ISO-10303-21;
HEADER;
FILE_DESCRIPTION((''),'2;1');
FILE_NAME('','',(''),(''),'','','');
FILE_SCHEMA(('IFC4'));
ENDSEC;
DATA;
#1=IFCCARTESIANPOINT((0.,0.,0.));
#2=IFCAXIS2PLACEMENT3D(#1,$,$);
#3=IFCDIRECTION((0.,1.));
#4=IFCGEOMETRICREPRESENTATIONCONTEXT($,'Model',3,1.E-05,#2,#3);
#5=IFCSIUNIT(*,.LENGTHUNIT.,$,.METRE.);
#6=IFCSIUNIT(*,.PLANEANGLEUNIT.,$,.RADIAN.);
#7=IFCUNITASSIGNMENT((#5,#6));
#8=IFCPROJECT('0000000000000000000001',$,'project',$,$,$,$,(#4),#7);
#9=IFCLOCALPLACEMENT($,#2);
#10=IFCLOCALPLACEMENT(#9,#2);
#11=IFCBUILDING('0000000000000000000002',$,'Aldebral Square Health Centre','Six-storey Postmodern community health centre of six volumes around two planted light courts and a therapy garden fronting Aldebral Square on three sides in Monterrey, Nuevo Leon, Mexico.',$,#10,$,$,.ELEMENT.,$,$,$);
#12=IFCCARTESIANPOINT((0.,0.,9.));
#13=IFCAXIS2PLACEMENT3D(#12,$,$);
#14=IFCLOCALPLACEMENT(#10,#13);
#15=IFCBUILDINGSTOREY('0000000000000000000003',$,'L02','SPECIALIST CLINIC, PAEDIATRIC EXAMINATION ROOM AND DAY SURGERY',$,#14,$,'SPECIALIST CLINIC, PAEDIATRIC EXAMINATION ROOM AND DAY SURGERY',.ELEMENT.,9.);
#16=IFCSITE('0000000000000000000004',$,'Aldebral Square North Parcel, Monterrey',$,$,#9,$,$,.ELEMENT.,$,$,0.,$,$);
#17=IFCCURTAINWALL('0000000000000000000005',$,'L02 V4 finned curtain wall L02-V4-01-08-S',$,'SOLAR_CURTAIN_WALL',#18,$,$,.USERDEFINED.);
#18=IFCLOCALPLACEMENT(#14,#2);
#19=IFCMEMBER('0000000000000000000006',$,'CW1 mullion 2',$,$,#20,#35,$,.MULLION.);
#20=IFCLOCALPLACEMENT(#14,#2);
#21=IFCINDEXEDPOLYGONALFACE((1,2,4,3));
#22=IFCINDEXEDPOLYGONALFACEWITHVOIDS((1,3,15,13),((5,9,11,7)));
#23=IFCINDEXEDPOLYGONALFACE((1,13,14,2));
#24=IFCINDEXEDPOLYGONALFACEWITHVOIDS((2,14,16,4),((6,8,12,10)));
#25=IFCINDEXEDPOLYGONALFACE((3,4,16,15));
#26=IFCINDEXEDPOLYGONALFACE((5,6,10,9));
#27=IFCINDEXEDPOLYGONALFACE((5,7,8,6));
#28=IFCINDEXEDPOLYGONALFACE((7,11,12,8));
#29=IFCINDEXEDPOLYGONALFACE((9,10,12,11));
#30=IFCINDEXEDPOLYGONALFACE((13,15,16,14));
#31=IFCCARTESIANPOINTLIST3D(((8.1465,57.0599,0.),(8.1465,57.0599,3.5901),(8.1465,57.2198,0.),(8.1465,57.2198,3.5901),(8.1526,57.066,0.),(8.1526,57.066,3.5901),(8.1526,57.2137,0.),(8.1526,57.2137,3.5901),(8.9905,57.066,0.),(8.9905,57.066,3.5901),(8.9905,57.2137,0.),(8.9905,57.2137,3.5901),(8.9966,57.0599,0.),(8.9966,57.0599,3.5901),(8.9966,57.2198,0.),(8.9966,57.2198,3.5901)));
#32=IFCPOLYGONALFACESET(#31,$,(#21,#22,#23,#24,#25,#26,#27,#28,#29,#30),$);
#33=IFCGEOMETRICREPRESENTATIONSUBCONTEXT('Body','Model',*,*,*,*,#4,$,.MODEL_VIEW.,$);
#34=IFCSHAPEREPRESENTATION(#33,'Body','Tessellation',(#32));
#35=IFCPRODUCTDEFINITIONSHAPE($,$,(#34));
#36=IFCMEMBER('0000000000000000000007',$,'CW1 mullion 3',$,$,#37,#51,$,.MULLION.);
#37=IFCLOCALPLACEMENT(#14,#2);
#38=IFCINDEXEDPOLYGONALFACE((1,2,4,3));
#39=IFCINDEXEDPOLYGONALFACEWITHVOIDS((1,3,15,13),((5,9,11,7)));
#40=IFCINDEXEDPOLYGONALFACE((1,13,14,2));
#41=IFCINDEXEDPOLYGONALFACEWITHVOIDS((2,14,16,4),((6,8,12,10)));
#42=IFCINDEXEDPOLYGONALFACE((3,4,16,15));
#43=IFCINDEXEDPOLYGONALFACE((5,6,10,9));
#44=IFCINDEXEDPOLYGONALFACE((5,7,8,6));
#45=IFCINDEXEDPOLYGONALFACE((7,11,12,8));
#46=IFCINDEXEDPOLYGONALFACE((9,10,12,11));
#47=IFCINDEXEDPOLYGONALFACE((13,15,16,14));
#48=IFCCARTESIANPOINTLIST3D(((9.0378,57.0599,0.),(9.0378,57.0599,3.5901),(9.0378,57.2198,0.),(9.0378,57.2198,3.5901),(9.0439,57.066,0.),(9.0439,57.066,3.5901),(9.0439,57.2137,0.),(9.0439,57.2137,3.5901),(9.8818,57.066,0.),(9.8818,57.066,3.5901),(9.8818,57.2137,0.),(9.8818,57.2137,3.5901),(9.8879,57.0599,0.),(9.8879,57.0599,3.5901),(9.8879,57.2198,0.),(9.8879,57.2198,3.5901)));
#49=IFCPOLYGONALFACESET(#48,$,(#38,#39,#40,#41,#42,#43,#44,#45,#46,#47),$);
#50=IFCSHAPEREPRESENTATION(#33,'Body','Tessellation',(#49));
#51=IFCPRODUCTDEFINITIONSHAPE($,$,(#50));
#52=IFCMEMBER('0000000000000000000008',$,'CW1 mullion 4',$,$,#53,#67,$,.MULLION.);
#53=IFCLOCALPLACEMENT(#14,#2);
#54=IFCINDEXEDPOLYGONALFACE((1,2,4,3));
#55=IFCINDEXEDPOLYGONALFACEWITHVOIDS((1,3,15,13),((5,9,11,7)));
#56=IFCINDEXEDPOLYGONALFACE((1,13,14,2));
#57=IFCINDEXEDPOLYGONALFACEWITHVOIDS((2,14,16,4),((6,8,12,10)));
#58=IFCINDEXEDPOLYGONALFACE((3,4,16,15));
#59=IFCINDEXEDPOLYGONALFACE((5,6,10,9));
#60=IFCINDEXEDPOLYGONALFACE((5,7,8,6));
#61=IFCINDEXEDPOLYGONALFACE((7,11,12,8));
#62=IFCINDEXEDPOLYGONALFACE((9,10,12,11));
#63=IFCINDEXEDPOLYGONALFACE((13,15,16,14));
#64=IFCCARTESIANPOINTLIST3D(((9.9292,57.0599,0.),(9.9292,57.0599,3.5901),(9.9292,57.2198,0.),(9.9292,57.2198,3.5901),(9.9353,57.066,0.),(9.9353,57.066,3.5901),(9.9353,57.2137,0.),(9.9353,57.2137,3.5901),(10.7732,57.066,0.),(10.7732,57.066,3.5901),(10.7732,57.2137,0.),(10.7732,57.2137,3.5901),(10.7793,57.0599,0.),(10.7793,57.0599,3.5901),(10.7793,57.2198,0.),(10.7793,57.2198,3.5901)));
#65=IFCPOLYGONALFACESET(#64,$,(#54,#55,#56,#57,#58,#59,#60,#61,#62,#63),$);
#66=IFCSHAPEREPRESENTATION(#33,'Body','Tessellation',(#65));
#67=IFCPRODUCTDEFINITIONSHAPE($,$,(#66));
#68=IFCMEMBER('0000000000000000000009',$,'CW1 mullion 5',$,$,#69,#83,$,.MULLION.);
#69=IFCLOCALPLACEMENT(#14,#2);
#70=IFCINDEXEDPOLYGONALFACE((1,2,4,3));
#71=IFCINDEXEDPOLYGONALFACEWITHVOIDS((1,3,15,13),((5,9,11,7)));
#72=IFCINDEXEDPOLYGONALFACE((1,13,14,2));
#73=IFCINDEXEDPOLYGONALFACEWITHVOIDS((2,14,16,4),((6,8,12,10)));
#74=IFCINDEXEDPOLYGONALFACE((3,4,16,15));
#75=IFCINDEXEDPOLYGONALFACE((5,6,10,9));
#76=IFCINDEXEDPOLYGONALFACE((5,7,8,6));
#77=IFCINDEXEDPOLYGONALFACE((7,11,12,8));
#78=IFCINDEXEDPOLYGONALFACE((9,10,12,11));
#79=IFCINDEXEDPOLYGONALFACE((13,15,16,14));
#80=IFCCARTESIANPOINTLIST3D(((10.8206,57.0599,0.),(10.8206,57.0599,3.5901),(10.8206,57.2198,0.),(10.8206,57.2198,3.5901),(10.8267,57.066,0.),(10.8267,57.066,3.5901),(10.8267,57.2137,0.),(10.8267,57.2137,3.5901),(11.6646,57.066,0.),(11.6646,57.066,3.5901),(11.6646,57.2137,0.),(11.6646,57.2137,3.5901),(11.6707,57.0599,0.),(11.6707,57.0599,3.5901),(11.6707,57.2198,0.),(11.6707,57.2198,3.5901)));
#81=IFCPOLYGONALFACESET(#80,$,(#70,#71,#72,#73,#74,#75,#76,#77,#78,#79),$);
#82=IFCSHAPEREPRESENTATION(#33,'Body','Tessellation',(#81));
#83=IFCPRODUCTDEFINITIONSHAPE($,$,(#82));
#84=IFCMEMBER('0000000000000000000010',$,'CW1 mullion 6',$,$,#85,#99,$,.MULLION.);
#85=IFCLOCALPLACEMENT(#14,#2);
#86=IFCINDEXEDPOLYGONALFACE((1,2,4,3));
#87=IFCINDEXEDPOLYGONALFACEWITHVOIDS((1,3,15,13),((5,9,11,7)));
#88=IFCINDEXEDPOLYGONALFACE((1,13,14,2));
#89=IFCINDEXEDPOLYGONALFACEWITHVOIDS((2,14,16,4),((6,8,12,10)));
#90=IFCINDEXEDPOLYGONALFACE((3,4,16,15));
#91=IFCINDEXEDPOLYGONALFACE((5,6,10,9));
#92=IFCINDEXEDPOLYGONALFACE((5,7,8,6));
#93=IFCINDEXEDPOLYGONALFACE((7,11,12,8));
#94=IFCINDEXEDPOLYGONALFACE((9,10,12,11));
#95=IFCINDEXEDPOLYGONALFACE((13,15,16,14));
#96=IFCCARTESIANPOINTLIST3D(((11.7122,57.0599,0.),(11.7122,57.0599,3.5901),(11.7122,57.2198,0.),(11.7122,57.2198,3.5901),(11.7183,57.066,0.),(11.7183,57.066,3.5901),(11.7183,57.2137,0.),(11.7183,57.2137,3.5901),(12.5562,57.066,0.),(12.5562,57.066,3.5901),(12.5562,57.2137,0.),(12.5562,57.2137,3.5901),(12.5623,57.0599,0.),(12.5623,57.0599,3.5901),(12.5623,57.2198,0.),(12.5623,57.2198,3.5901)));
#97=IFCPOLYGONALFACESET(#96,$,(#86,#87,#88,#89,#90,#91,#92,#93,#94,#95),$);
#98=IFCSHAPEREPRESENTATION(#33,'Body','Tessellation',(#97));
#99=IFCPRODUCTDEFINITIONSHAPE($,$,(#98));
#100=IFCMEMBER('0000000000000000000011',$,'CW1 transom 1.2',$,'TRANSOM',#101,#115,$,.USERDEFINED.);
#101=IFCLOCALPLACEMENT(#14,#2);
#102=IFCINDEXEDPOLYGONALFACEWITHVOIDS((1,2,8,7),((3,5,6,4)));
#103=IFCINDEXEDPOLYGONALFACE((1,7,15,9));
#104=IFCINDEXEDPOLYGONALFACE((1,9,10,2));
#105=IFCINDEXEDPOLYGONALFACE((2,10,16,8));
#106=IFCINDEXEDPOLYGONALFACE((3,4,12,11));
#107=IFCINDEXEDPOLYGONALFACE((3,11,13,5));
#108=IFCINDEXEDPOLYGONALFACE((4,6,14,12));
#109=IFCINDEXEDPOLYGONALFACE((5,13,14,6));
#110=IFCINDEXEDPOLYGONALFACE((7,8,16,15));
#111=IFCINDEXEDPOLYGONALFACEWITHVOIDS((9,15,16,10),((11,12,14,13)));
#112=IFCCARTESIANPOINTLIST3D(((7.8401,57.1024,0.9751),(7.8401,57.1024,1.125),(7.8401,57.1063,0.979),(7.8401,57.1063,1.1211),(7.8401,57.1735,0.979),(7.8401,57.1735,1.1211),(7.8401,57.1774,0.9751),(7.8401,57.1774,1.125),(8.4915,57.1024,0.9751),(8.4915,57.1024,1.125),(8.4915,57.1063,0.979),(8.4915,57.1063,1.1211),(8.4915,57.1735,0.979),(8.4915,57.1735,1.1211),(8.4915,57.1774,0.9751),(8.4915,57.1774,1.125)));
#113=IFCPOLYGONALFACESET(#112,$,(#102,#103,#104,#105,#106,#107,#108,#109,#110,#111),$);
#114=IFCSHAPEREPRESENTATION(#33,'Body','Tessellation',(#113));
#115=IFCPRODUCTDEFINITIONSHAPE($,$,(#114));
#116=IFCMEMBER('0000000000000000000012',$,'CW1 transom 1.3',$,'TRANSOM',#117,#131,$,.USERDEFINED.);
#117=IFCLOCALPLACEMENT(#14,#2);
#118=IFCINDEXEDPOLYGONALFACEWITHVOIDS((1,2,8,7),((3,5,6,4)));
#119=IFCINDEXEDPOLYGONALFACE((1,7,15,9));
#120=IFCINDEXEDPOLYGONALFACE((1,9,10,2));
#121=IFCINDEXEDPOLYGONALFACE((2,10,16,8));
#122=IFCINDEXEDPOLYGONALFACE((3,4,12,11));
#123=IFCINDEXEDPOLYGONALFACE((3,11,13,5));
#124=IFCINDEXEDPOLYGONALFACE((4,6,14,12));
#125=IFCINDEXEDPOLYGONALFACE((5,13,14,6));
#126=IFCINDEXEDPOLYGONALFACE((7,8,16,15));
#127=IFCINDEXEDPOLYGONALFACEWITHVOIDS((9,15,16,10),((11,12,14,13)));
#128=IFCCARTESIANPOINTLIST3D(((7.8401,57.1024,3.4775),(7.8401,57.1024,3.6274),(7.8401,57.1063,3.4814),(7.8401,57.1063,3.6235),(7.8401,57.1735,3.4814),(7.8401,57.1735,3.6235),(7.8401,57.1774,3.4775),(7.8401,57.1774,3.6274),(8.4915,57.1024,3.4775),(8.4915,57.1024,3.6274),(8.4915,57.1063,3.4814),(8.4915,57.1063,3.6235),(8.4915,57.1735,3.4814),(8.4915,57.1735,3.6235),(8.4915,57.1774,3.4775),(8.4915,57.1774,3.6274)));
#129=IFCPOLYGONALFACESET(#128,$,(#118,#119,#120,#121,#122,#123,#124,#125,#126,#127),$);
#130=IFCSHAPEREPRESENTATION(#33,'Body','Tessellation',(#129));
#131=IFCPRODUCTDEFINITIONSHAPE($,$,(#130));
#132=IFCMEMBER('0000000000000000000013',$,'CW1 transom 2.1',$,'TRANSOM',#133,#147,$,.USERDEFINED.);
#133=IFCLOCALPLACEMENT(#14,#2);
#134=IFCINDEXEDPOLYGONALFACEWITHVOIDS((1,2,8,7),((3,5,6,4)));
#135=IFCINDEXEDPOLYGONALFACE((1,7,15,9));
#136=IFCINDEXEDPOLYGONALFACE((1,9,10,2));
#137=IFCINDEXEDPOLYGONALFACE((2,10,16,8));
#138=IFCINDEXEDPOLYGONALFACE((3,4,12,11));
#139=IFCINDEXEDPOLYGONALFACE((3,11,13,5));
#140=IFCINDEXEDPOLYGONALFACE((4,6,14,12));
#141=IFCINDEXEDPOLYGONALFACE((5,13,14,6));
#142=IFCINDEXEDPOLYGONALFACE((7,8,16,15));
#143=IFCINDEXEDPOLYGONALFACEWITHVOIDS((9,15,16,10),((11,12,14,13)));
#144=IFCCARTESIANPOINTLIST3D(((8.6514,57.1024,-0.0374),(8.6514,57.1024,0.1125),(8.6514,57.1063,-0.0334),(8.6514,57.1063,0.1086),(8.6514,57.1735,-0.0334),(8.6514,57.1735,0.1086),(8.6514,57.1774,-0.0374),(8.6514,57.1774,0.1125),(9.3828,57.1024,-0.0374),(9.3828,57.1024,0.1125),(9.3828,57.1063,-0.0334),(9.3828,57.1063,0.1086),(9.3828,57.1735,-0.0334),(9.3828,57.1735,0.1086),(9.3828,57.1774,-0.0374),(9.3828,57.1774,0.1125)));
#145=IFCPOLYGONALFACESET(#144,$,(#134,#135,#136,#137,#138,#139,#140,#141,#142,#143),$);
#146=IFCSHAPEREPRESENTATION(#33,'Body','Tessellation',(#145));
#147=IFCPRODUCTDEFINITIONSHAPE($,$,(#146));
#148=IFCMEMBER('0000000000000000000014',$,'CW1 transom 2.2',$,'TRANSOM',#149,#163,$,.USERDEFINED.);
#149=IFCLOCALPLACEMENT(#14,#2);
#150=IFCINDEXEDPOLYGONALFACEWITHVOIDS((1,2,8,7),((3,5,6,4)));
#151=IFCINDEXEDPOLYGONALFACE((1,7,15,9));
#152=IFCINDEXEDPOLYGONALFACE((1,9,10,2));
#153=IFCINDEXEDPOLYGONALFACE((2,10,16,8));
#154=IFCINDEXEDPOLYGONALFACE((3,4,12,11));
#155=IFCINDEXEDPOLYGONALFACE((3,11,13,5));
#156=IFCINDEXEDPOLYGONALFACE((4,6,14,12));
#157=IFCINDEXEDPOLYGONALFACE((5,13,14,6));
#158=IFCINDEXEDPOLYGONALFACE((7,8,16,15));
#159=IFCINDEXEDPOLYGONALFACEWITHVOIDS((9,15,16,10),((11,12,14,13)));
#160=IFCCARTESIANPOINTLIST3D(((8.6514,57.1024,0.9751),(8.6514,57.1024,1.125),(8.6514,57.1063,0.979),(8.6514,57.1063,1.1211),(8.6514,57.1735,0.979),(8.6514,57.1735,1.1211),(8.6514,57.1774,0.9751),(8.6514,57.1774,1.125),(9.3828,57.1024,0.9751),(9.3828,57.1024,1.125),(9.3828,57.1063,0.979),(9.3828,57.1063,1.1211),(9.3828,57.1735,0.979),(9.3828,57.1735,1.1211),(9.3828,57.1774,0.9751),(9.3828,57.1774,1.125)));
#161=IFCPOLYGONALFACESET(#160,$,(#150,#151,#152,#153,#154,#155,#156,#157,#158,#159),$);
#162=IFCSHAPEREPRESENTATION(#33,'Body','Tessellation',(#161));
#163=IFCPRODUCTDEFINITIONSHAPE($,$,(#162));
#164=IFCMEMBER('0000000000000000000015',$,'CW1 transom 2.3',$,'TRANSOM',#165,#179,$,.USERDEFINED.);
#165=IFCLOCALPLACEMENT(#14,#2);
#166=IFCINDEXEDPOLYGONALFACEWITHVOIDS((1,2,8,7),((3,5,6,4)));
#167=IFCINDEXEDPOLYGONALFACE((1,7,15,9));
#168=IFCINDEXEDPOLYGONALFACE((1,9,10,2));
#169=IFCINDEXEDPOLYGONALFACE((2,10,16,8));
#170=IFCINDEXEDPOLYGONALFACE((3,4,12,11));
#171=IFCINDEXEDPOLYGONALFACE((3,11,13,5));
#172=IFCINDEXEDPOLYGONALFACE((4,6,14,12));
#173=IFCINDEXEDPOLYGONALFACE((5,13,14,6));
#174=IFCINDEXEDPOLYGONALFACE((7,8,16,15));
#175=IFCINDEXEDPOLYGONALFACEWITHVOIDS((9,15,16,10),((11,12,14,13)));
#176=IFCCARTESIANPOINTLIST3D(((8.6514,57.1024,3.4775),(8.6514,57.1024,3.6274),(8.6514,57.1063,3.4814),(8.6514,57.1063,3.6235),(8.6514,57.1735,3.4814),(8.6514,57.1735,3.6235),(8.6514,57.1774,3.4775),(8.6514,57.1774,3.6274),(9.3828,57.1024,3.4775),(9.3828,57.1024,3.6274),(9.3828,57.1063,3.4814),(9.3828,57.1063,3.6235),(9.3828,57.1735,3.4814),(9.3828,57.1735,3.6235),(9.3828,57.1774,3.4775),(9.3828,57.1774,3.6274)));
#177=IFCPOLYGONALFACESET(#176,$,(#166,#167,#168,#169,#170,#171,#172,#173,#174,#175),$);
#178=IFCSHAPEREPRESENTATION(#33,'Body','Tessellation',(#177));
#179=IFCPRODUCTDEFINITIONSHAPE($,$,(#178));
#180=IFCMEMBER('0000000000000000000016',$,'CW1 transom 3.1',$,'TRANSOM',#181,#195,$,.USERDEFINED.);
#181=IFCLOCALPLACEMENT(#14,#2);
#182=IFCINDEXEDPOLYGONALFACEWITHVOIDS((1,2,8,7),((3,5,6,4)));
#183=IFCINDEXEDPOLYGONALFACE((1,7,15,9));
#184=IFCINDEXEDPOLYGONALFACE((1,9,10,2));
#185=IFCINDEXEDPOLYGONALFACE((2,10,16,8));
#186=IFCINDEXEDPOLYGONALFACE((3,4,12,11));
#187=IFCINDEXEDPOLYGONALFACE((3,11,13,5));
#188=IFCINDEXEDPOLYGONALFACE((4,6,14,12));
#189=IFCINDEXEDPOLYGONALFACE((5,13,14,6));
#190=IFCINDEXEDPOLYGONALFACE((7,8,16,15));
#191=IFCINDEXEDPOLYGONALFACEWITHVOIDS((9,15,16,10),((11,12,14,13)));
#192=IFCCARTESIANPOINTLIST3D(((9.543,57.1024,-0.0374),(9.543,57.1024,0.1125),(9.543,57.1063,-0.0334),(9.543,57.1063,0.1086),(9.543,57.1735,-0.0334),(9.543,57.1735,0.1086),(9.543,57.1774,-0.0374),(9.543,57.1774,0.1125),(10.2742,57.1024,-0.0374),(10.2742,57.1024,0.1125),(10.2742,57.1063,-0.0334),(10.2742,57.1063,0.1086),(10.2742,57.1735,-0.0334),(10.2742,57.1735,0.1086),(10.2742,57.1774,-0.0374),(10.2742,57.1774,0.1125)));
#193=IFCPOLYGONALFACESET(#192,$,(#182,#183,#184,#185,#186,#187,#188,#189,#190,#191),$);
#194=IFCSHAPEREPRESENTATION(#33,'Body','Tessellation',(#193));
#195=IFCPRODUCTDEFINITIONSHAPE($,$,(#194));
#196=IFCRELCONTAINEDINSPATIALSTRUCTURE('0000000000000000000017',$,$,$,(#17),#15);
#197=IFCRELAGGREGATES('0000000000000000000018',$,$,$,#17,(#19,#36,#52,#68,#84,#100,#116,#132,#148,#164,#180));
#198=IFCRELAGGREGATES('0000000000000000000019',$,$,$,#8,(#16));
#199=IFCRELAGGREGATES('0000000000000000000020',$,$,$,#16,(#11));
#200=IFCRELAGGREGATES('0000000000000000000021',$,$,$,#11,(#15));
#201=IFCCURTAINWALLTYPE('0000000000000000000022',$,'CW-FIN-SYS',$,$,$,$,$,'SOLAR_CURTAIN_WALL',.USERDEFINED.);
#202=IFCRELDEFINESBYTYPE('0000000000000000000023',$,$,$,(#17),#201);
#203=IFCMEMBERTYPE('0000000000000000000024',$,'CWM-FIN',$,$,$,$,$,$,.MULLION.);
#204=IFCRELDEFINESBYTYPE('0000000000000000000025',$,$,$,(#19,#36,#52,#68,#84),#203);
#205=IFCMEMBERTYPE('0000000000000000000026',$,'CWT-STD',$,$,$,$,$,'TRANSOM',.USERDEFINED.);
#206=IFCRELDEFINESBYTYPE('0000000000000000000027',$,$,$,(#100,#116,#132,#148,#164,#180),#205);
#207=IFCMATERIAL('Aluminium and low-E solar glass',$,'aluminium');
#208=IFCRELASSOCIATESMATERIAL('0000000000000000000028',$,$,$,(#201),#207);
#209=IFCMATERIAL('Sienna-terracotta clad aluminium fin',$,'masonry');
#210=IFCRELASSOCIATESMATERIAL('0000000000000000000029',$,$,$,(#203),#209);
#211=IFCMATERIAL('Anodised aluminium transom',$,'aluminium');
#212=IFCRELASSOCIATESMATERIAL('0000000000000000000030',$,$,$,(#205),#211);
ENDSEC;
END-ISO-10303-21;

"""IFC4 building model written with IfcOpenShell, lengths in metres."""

from ifc_helpers import new_model, si_unit, direction, frame, origin, origin_2d, place, context, subcontext, project, spatial, hollow_rectangle, extrude, material, material_profile, profile_set, type_object, element, aggregate, save


model = new_model("IFC4")

# Units and contexts
model_context = context("Model", 3, precision=1e-05, world=origin(), true_north=direction((0.0, 1.0)))
body_context = subcontext(model_context, "Body", "Model", "MODEL_VIEW")
ifc_project = project(units=[si_unit("LENGTHUNIT", "METRE"), si_unit("PLANEANGLEUNIT", "RADIAN")], contexts=[model_context])

# Site, building, storey
site_placement = place(None, origin())
site = spatial("IfcSite", under=ifc_project, at=site_placement, Name="Aldebral Square North Parcel, Monterrey", CompositionType="ELEMENT", RefElevation=0.0)
building_placement = place(site_placement, origin())
building = spatial("IfcBuilding", under=site, at=building_placement, Name="Aldebral Square Health Centre", Description="Six-storey Postmodern community health centre of six volumes around two planted light courts and a therapy garden fronting Aldebral Square on three sides in Monterrey, Nuevo Leon, Mexico.", CompositionType="ELEMENT")
storey_placement = place(building_placement, frame((0.0, 0.0, 9.0)))
storey = spatial("IfcBuildingStorey", under=building, at=storey_placement, Name="L02", Description="SPECIALIST CLINIC, PAEDIATRIC EXAMINATION ROOM AND DAY SURGERY", LongName="SPECIALIST CLINIC, PAEDIATRIC EXAMINATION ROOM AND DAY SURGERY", CompositionType="ELEMENT", Elevation=9.0)

# Curtain wall, members
ifc_material_1 = material(Name="Aluminium and low-E solar glass", Category="aluminium")
curtain_wall_type = type_object("IfcCurtainWallType", Name="CW-FIN-SYS", ElementType="SOLAR_CURTAIN_WALL", PredefinedType="USERDEFINED", material=ifc_material_1)
curtain_wall_placement = place(storey_placement, origin())
curtain_wall = element("IfcCurtainWall", 1, at=curtain_wall_placement, inside=storey, type_object=curtain_wall_type, Name="L02 V4 finned curtain wall L02-V4-01-08-S", ObjectType="SOLAR_CURTAIN_WALL", PredefinedType="USERDEFINED")
ifc_material_2 = material(Name="Sienna-terracotta clad aluminium fin", Category="masonry")
ifc_material_profile_1 = material_profile(ifc_material_2, hollow_rectangle(XDim=0.1599, YDim=0.8501, WallThickness=0.0061, at=origin_2d()), Name="FIN 160x850x6")
ifc_profile_set_1 = profile_set([ifc_material_profile_1], Name="Sienna-terracotta clad aluminium fin")
member_type_1 = type_object("IfcMemberType", Name="CWM-FIN", PredefinedType="MULLION", material=ifc_profile_set_1)
member_1_placement = place(storey_placement, frame((8.5715, 57.1399, 0.0), z_axis=(0.0, 0.0, 1.0), x_axis=(0.0, 1.0, 0.0)))
member_1 = element("IfcMember", 2, at=member_1_placement, type_object=member_type_1, Name="CW1 mullion 2", PredefinedType="MULLION", context=body_context, shape_type="SweptSolid", body=[
    extrude(hollow_rectangle(XDim=0.1599, YDim=0.8501, WallThickness=0.0061, at=origin_2d()), origin(), (0.0, 0.0, 1.0), 3.5901),
])
member_2_placement = place(storey_placement, frame((9.4629, 57.1399, 0.0), z_axis=(0.0, 0.0, 1.0), x_axis=(0.0, 1.0, 0.0)))
member_2 = element("IfcMember", 3, at=member_2_placement, type_object=member_type_1, Name="CW1 mullion 3", PredefinedType="MULLION", context=body_context, shape_type="SweptSolid", body=[
    extrude(hollow_rectangle(XDim=0.1599, YDim=0.8501, WallThickness=0.0061, at=origin_2d()), origin(), (0.0, 0.0, 1.0), 3.5901),
])
member_3_placement = place(storey_placement, frame((10.3542, 57.1399, 0.0), z_axis=(0.0, 0.0, 1.0), x_axis=(0.0, 1.0, 0.0)))
member_3 = element("IfcMember", 4, at=member_3_placement, type_object=member_type_1, Name="CW1 mullion 4", PredefinedType="MULLION", context=body_context, shape_type="SweptSolid", body=[
    extrude(hollow_rectangle(XDim=0.1599, YDim=0.8501, WallThickness=0.0061, at=origin_2d()), origin(), (0.0, 0.0, 1.0), 3.5901),
])
member_4_placement = place(storey_placement, frame((11.2456, 57.1399, 0.0), z_axis=(0.0, 0.0, 1.0), x_axis=(0.0, 1.0, 0.0)))
member_4 = element("IfcMember", 5, at=member_4_placement, type_object=member_type_1, Name="CW1 mullion 5", PredefinedType="MULLION", context=body_context, shape_type="SweptSolid", body=[
    extrude(hollow_rectangle(XDim=0.1599, YDim=0.8501, WallThickness=0.0061, at=origin_2d()), origin(), (0.0, 0.0, 1.0), 3.5901),
])
member_5_placement = place(storey_placement, frame((12.1372, 57.1399, 0.0), z_axis=(0.0, 0.0, 1.0), x_axis=(0.0, 1.0, 0.0)))
member_5 = element("IfcMember", 6, at=member_5_placement, type_object=member_type_1, Name="CW1 mullion 6", PredefinedType="MULLION", context=body_context, shape_type="SweptSolid", body=[
    extrude(hollow_rectangle(XDim=0.1599, YDim=0.8501, WallThickness=0.0061, at=origin_2d()), origin(), (0.0, 0.0, 1.0), 3.5901),
])
ifc_material_3 = material(Name="Anodised aluminium transom", Category="aluminium")
ifc_material_profile_2 = material_profile(ifc_material_3, hollow_rectangle(XDim=0.075, YDim=0.1499, WallThickness=0.0039, at=origin_2d()), Name="CWT 75x150x4")
ifc_profile_set_2 = profile_set([ifc_material_profile_2], Name="Anodised aluminium transom")
member_type_2 = type_object("IfcMemberType", Name="CWT-STD", ElementType="TRANSOM", PredefinedType="USERDEFINED", material=ifc_profile_set_2)
member_6_placement = place(storey_placement, frame((7.8401, 57.1399, 1.05), z_axis=(1.0, 0.0, 0.0), x_axis=(0.0, 1.0, 0.0)))
member_6 = element("IfcMember", 7, at=member_6_placement, type_object=member_type_2, Name="CW1 transom 1.2", ObjectType="TRANSOM", PredefinedType="USERDEFINED", context=body_context, shape_type="SweptSolid", body=[
    extrude(hollow_rectangle(XDim=0.075, YDim=0.1499, WallThickness=0.0039, at=origin_2d()), origin(), (0.0, 0.0, 1.0), 0.6514),
])
member_7_placement = place(storey_placement, frame((7.8401, 57.1399, 3.5525), z_axis=(1.0, 0.0, 0.0), x_axis=(0.0, 1.0, 0.0)))
member_7 = element("IfcMember", 8, at=member_7_placement, type_object=member_type_2, Name="CW1 transom 1.3", ObjectType="TRANSOM", PredefinedType="USERDEFINED", context=body_context, shape_type="SweptSolid", body=[
    extrude(hollow_rectangle(XDim=0.075, YDim=0.1499, WallThickness=0.0039, at=origin_2d()), origin(), (0.0, 0.0, 1.0), 0.6514),
])
member_8_placement = place(storey_placement, frame((8.6514, 57.1399, 0.0376), z_axis=(1.0, 0.0, 0.0), x_axis=(0.0, 1.0, 0.0)))
member_8 = element("IfcMember", 9, at=member_8_placement, type_object=member_type_2, Name="CW1 transom 2.1", ObjectType="TRANSOM", PredefinedType="USERDEFINED", context=body_context, shape_type="SweptSolid", body=[
    extrude(hollow_rectangle(XDim=0.075, YDim=0.1499, WallThickness=0.0039, at=origin_2d()), origin(), (0.0, 0.0, 1.0), 0.7314),
])
member_9_placement = place(storey_placement, frame((8.6514, 57.1399, 1.05), z_axis=(1.0, 0.0, 0.0), x_axis=(0.0, 1.0, 0.0)))
member_9 = element("IfcMember", 10, at=member_9_placement, type_object=member_type_2, Name="CW1 transom 2.2", ObjectType="TRANSOM", PredefinedType="USERDEFINED", context=body_context, shape_type="SweptSolid", body=[
    extrude(hollow_rectangle(XDim=0.075, YDim=0.1499, WallThickness=0.0039, at=origin_2d()), origin(), (0.0, 0.0, 1.0), 0.7314),
])
member_10_placement = place(storey_placement, frame((8.6514, 57.1399, 3.5525), z_axis=(1.0, 0.0, 0.0), x_axis=(0.0, 1.0, 0.0)))
member_10 = element("IfcMember", 11, at=member_10_placement, type_object=member_type_2, Name="CW1 transom 2.3", ObjectType="TRANSOM", PredefinedType="USERDEFINED", context=body_context, shape_type="SweptSolid", body=[
    extrude(hollow_rectangle(XDim=0.075, YDim=0.1499, WallThickness=0.0039, at=origin_2d()), origin(), (0.0, 0.0, 1.0), 0.7314),
])
member_11_placement = place(storey_placement, frame((9.543, 57.1399, 0.0376), z_axis=(1.0, 0.0, 0.0), x_axis=(0.0, 1.0, 0.0)))
member_11 = element("IfcMember", 12, at=member_11_placement, type_object=member_type_2, Name="CW1 transom 3.1", ObjectType="TRANSOM", PredefinedType="USERDEFINED", context=body_context, shape_type="SweptSolid", body=[
    extrude(hollow_rectangle(XDim=0.075, YDim=0.1499, WallThickness=0.0039, at=origin_2d()), origin(), (0.0, 0.0, 1.0), 0.7312),
])
aggregate(curtain_wall, [member_1, member_2, member_3, member_4, member_5, member_6, member_7, member_8, member_9, member_10, member_11])

save(model, "model.ifc")
